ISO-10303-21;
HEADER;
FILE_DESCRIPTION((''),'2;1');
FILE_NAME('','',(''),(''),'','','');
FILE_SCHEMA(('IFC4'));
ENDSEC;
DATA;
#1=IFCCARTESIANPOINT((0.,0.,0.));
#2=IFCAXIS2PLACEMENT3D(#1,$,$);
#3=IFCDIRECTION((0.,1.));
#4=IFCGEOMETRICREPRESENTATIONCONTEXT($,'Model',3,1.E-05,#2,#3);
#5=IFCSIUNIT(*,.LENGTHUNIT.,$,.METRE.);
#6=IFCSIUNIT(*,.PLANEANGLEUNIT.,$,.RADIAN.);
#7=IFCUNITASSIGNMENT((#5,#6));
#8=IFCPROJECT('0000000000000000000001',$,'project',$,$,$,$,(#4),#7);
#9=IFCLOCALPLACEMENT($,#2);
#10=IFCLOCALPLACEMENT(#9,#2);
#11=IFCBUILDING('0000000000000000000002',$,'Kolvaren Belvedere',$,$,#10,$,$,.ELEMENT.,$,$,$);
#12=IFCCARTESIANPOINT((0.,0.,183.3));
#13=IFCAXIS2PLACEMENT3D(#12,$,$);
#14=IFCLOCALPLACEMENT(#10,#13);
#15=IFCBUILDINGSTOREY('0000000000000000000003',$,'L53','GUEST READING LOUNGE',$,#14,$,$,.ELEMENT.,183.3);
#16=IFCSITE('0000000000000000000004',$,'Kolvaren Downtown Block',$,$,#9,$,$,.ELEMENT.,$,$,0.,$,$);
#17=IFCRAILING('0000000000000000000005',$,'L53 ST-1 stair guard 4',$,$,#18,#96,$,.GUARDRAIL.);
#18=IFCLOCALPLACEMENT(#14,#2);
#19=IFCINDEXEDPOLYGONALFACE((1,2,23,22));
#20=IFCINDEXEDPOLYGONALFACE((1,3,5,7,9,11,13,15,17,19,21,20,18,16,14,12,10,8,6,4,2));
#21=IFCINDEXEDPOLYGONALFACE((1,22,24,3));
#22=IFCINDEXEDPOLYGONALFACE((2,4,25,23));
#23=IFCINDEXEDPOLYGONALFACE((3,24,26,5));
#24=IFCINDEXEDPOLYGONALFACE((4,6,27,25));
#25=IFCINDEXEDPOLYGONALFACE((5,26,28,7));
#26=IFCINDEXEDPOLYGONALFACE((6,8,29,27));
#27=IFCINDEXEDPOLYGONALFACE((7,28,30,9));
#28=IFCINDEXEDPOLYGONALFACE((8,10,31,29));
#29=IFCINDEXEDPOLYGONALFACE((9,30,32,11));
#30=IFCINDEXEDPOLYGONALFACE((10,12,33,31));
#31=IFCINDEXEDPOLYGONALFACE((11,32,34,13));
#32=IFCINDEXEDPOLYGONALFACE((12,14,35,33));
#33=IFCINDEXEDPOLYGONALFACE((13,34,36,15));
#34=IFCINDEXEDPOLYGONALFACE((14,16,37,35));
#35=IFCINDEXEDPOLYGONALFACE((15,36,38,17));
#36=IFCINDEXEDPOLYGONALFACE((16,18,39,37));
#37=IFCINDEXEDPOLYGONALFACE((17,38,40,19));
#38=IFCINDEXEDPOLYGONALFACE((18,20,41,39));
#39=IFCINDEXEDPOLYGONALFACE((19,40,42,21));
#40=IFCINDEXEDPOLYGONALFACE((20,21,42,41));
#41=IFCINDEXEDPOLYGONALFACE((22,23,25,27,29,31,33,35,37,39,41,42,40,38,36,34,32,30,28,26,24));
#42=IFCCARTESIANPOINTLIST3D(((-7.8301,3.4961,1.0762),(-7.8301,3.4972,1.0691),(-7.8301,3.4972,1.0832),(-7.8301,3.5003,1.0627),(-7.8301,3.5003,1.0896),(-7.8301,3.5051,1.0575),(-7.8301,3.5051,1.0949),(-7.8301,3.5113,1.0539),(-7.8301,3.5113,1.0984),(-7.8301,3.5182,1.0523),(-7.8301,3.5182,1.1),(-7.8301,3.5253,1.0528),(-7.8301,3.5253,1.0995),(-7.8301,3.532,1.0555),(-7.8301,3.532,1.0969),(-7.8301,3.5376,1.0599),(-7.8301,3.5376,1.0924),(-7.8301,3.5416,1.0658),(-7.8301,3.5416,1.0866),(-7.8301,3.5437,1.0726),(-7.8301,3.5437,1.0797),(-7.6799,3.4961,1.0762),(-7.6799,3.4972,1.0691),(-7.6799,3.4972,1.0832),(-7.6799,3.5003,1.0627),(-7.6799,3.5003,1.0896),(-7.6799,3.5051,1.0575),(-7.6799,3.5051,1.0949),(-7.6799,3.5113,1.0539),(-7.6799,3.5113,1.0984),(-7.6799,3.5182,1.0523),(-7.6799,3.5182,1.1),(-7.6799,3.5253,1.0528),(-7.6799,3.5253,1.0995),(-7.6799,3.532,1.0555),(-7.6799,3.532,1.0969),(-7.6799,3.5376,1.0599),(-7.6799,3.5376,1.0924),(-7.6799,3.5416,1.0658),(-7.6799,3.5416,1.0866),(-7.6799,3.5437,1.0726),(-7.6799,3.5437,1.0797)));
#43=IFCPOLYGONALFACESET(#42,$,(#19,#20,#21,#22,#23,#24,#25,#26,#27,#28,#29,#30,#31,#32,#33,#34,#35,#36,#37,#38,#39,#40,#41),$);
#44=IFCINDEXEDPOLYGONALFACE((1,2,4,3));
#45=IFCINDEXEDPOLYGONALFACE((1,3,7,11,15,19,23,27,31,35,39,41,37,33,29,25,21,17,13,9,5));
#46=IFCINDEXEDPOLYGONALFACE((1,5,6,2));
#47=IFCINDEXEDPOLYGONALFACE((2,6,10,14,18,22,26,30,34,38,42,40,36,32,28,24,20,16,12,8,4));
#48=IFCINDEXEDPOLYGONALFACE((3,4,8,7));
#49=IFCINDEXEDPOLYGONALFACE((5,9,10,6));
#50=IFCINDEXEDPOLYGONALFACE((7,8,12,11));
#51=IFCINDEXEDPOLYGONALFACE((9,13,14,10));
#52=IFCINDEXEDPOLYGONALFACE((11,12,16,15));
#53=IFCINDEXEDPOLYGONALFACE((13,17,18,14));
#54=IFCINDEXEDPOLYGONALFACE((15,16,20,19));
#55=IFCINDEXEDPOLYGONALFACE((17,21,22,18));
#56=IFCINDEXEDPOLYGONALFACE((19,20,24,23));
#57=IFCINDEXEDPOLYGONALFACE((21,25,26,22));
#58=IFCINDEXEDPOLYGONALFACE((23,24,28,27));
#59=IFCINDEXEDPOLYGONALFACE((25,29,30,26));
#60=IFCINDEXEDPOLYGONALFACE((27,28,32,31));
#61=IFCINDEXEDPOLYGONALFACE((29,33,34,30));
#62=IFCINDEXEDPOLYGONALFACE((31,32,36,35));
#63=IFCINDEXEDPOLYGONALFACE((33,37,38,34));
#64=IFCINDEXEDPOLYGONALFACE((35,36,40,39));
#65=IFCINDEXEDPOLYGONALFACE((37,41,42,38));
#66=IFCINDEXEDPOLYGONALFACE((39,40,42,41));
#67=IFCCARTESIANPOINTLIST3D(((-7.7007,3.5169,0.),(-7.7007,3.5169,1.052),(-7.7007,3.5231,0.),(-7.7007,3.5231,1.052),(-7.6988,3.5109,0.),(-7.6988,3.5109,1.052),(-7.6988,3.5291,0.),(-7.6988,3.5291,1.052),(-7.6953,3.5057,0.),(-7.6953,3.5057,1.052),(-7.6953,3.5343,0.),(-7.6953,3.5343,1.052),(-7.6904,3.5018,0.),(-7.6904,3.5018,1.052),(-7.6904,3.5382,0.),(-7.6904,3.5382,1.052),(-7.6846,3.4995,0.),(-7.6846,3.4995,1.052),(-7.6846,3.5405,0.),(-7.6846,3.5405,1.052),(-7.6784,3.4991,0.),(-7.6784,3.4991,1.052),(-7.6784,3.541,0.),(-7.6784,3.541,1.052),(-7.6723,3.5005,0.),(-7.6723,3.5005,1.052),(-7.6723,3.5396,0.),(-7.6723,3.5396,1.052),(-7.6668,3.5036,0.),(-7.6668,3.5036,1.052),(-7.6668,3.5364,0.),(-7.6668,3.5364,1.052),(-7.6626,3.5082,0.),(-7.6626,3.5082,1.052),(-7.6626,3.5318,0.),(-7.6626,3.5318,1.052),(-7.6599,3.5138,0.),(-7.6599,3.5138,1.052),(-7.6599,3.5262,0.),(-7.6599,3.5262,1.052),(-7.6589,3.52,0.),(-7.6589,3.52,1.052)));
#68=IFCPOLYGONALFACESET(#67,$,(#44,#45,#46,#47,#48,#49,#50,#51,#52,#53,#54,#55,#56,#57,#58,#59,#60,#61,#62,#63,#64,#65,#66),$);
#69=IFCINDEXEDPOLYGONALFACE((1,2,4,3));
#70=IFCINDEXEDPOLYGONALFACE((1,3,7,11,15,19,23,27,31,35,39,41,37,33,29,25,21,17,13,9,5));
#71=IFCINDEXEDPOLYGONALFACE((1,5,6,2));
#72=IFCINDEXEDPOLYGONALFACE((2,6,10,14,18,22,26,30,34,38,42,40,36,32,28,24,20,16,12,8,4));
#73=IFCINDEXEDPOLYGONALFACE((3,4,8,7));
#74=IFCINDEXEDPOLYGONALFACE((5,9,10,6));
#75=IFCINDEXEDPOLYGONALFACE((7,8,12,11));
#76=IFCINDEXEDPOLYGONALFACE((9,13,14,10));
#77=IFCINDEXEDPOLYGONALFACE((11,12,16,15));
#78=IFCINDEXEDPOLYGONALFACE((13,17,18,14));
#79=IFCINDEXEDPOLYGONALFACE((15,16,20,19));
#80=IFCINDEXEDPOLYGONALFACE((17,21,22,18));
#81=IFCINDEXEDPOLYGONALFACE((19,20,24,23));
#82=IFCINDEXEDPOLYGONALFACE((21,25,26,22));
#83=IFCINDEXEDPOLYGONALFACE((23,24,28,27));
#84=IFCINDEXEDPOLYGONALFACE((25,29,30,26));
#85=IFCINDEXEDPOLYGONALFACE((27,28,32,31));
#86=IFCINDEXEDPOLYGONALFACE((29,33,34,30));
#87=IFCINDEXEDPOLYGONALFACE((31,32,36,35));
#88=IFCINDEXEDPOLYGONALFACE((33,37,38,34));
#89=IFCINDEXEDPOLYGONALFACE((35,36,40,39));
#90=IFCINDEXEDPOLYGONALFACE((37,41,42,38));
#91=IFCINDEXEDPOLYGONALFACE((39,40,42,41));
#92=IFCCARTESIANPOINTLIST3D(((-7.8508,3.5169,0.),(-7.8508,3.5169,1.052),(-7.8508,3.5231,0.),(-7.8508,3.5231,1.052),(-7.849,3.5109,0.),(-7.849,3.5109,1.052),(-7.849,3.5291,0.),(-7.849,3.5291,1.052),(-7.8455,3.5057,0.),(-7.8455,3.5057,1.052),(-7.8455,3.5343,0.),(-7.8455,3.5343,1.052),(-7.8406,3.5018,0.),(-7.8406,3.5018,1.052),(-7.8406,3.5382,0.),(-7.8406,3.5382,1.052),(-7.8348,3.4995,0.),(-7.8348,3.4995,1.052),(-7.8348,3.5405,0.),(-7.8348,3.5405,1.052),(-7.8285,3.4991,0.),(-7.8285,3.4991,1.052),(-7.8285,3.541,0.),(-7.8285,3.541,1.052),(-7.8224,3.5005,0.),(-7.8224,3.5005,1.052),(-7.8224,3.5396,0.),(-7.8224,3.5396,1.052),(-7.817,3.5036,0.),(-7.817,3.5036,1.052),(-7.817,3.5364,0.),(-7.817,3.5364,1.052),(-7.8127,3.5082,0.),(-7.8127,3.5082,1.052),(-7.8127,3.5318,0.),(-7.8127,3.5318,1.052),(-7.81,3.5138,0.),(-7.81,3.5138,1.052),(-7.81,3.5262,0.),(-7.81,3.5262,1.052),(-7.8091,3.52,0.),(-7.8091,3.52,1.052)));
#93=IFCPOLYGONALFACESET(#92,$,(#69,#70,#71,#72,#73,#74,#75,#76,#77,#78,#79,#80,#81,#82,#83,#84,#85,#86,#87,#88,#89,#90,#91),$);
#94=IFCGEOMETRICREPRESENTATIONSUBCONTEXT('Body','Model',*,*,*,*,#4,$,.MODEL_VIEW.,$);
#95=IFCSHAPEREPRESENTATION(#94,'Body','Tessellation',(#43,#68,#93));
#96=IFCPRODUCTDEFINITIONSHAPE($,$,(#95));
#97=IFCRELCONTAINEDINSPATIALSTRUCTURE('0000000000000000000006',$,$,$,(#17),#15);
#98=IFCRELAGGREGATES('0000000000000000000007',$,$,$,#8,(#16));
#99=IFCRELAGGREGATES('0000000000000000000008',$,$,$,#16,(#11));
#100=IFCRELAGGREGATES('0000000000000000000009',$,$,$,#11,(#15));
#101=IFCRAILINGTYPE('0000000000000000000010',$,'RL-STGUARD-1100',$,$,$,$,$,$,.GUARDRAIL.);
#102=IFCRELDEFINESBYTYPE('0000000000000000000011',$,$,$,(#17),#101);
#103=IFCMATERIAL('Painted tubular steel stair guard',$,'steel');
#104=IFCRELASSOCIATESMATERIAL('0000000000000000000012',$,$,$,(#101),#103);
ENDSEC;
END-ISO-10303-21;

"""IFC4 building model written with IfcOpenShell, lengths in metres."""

from ifc_helpers import new_model, si_unit, direction, frame, origin, origin_2d, place, context, subcontext, project, spatial, circle, extrude, material, type_object, element, save


model = new_model("IFC4")

# Units and contexts
model_context = context("Model", 3, precision=1e-05, world=origin(), true_north=direction((0.0, 1.0)))
body_context = subcontext(model_context, "Body", "Model", "MODEL_VIEW")
ifc_project = project(units=[si_unit("LENGTHUNIT", "METRE"), si_unit("PLANEANGLEUNIT", "RADIAN")], contexts=[model_context])

# Site, building, storey
site_placement = place(None, origin())
site = spatial("IfcSite", under=ifc_project, at=site_placement, Name="Kolvaren Downtown Block", CompositionType="ELEMENT", RefElevation=0.0)
building_placement = place(site_placement, origin())
building = spatial("IfcBuilding", under=site, at=building_placement, Name="Kolvaren Belvedere", CompositionType="ELEMENT")
storey_placement = place(building_placement, frame((0.0, 0.0, 183.3)))
storey = spatial("IfcBuildingStorey", under=building, at=storey_placement, Name="L53", Description="GUEST READING LOUNGE", CompositionType="ELEMENT", Elevation=183.3)

# Railing
ifc_material_1 = material(Name="Painted tubular steel stair guard", Category="steel")
railing_type_1 = type_object("IfcRailingType", Name="RL-STGUARD-1100", PredefinedType="GUARDRAIL", material=ifc_material_1)
railing_1_placement = place(storey_placement, frame((-7.6799, 3.52, 0.0)))
element("IfcRailing", 1, at=railing_1_placement, inside=storey, type_object=railing_type_1, Name="L53 ST-1 stair guard 4", PredefinedType="GUARDRAIL", context=body_context, shape_type="SweptSolid", body=[
    extrude(circle(Radius=0.0239, at=origin_2d()), frame((0.0, 0.0, 1.0762), z_axis=(-1.0, 0.0, 0.0), x_axis=(0.0, -1.0, 0.0)), (0.0, 0.0, 1.0), 0.1501),
    extrude(circle(Radius=0.021, at=origin_2d()), origin(), (0.0, 0.0, 1.0), 1.052),
    extrude(circle(Radius=0.021, at=origin_2d()), frame((-0.1501, 0.0, 0.0)), (0.0, 0.0, 1.0), 1.052),
])

save(model, "model.ifc")
